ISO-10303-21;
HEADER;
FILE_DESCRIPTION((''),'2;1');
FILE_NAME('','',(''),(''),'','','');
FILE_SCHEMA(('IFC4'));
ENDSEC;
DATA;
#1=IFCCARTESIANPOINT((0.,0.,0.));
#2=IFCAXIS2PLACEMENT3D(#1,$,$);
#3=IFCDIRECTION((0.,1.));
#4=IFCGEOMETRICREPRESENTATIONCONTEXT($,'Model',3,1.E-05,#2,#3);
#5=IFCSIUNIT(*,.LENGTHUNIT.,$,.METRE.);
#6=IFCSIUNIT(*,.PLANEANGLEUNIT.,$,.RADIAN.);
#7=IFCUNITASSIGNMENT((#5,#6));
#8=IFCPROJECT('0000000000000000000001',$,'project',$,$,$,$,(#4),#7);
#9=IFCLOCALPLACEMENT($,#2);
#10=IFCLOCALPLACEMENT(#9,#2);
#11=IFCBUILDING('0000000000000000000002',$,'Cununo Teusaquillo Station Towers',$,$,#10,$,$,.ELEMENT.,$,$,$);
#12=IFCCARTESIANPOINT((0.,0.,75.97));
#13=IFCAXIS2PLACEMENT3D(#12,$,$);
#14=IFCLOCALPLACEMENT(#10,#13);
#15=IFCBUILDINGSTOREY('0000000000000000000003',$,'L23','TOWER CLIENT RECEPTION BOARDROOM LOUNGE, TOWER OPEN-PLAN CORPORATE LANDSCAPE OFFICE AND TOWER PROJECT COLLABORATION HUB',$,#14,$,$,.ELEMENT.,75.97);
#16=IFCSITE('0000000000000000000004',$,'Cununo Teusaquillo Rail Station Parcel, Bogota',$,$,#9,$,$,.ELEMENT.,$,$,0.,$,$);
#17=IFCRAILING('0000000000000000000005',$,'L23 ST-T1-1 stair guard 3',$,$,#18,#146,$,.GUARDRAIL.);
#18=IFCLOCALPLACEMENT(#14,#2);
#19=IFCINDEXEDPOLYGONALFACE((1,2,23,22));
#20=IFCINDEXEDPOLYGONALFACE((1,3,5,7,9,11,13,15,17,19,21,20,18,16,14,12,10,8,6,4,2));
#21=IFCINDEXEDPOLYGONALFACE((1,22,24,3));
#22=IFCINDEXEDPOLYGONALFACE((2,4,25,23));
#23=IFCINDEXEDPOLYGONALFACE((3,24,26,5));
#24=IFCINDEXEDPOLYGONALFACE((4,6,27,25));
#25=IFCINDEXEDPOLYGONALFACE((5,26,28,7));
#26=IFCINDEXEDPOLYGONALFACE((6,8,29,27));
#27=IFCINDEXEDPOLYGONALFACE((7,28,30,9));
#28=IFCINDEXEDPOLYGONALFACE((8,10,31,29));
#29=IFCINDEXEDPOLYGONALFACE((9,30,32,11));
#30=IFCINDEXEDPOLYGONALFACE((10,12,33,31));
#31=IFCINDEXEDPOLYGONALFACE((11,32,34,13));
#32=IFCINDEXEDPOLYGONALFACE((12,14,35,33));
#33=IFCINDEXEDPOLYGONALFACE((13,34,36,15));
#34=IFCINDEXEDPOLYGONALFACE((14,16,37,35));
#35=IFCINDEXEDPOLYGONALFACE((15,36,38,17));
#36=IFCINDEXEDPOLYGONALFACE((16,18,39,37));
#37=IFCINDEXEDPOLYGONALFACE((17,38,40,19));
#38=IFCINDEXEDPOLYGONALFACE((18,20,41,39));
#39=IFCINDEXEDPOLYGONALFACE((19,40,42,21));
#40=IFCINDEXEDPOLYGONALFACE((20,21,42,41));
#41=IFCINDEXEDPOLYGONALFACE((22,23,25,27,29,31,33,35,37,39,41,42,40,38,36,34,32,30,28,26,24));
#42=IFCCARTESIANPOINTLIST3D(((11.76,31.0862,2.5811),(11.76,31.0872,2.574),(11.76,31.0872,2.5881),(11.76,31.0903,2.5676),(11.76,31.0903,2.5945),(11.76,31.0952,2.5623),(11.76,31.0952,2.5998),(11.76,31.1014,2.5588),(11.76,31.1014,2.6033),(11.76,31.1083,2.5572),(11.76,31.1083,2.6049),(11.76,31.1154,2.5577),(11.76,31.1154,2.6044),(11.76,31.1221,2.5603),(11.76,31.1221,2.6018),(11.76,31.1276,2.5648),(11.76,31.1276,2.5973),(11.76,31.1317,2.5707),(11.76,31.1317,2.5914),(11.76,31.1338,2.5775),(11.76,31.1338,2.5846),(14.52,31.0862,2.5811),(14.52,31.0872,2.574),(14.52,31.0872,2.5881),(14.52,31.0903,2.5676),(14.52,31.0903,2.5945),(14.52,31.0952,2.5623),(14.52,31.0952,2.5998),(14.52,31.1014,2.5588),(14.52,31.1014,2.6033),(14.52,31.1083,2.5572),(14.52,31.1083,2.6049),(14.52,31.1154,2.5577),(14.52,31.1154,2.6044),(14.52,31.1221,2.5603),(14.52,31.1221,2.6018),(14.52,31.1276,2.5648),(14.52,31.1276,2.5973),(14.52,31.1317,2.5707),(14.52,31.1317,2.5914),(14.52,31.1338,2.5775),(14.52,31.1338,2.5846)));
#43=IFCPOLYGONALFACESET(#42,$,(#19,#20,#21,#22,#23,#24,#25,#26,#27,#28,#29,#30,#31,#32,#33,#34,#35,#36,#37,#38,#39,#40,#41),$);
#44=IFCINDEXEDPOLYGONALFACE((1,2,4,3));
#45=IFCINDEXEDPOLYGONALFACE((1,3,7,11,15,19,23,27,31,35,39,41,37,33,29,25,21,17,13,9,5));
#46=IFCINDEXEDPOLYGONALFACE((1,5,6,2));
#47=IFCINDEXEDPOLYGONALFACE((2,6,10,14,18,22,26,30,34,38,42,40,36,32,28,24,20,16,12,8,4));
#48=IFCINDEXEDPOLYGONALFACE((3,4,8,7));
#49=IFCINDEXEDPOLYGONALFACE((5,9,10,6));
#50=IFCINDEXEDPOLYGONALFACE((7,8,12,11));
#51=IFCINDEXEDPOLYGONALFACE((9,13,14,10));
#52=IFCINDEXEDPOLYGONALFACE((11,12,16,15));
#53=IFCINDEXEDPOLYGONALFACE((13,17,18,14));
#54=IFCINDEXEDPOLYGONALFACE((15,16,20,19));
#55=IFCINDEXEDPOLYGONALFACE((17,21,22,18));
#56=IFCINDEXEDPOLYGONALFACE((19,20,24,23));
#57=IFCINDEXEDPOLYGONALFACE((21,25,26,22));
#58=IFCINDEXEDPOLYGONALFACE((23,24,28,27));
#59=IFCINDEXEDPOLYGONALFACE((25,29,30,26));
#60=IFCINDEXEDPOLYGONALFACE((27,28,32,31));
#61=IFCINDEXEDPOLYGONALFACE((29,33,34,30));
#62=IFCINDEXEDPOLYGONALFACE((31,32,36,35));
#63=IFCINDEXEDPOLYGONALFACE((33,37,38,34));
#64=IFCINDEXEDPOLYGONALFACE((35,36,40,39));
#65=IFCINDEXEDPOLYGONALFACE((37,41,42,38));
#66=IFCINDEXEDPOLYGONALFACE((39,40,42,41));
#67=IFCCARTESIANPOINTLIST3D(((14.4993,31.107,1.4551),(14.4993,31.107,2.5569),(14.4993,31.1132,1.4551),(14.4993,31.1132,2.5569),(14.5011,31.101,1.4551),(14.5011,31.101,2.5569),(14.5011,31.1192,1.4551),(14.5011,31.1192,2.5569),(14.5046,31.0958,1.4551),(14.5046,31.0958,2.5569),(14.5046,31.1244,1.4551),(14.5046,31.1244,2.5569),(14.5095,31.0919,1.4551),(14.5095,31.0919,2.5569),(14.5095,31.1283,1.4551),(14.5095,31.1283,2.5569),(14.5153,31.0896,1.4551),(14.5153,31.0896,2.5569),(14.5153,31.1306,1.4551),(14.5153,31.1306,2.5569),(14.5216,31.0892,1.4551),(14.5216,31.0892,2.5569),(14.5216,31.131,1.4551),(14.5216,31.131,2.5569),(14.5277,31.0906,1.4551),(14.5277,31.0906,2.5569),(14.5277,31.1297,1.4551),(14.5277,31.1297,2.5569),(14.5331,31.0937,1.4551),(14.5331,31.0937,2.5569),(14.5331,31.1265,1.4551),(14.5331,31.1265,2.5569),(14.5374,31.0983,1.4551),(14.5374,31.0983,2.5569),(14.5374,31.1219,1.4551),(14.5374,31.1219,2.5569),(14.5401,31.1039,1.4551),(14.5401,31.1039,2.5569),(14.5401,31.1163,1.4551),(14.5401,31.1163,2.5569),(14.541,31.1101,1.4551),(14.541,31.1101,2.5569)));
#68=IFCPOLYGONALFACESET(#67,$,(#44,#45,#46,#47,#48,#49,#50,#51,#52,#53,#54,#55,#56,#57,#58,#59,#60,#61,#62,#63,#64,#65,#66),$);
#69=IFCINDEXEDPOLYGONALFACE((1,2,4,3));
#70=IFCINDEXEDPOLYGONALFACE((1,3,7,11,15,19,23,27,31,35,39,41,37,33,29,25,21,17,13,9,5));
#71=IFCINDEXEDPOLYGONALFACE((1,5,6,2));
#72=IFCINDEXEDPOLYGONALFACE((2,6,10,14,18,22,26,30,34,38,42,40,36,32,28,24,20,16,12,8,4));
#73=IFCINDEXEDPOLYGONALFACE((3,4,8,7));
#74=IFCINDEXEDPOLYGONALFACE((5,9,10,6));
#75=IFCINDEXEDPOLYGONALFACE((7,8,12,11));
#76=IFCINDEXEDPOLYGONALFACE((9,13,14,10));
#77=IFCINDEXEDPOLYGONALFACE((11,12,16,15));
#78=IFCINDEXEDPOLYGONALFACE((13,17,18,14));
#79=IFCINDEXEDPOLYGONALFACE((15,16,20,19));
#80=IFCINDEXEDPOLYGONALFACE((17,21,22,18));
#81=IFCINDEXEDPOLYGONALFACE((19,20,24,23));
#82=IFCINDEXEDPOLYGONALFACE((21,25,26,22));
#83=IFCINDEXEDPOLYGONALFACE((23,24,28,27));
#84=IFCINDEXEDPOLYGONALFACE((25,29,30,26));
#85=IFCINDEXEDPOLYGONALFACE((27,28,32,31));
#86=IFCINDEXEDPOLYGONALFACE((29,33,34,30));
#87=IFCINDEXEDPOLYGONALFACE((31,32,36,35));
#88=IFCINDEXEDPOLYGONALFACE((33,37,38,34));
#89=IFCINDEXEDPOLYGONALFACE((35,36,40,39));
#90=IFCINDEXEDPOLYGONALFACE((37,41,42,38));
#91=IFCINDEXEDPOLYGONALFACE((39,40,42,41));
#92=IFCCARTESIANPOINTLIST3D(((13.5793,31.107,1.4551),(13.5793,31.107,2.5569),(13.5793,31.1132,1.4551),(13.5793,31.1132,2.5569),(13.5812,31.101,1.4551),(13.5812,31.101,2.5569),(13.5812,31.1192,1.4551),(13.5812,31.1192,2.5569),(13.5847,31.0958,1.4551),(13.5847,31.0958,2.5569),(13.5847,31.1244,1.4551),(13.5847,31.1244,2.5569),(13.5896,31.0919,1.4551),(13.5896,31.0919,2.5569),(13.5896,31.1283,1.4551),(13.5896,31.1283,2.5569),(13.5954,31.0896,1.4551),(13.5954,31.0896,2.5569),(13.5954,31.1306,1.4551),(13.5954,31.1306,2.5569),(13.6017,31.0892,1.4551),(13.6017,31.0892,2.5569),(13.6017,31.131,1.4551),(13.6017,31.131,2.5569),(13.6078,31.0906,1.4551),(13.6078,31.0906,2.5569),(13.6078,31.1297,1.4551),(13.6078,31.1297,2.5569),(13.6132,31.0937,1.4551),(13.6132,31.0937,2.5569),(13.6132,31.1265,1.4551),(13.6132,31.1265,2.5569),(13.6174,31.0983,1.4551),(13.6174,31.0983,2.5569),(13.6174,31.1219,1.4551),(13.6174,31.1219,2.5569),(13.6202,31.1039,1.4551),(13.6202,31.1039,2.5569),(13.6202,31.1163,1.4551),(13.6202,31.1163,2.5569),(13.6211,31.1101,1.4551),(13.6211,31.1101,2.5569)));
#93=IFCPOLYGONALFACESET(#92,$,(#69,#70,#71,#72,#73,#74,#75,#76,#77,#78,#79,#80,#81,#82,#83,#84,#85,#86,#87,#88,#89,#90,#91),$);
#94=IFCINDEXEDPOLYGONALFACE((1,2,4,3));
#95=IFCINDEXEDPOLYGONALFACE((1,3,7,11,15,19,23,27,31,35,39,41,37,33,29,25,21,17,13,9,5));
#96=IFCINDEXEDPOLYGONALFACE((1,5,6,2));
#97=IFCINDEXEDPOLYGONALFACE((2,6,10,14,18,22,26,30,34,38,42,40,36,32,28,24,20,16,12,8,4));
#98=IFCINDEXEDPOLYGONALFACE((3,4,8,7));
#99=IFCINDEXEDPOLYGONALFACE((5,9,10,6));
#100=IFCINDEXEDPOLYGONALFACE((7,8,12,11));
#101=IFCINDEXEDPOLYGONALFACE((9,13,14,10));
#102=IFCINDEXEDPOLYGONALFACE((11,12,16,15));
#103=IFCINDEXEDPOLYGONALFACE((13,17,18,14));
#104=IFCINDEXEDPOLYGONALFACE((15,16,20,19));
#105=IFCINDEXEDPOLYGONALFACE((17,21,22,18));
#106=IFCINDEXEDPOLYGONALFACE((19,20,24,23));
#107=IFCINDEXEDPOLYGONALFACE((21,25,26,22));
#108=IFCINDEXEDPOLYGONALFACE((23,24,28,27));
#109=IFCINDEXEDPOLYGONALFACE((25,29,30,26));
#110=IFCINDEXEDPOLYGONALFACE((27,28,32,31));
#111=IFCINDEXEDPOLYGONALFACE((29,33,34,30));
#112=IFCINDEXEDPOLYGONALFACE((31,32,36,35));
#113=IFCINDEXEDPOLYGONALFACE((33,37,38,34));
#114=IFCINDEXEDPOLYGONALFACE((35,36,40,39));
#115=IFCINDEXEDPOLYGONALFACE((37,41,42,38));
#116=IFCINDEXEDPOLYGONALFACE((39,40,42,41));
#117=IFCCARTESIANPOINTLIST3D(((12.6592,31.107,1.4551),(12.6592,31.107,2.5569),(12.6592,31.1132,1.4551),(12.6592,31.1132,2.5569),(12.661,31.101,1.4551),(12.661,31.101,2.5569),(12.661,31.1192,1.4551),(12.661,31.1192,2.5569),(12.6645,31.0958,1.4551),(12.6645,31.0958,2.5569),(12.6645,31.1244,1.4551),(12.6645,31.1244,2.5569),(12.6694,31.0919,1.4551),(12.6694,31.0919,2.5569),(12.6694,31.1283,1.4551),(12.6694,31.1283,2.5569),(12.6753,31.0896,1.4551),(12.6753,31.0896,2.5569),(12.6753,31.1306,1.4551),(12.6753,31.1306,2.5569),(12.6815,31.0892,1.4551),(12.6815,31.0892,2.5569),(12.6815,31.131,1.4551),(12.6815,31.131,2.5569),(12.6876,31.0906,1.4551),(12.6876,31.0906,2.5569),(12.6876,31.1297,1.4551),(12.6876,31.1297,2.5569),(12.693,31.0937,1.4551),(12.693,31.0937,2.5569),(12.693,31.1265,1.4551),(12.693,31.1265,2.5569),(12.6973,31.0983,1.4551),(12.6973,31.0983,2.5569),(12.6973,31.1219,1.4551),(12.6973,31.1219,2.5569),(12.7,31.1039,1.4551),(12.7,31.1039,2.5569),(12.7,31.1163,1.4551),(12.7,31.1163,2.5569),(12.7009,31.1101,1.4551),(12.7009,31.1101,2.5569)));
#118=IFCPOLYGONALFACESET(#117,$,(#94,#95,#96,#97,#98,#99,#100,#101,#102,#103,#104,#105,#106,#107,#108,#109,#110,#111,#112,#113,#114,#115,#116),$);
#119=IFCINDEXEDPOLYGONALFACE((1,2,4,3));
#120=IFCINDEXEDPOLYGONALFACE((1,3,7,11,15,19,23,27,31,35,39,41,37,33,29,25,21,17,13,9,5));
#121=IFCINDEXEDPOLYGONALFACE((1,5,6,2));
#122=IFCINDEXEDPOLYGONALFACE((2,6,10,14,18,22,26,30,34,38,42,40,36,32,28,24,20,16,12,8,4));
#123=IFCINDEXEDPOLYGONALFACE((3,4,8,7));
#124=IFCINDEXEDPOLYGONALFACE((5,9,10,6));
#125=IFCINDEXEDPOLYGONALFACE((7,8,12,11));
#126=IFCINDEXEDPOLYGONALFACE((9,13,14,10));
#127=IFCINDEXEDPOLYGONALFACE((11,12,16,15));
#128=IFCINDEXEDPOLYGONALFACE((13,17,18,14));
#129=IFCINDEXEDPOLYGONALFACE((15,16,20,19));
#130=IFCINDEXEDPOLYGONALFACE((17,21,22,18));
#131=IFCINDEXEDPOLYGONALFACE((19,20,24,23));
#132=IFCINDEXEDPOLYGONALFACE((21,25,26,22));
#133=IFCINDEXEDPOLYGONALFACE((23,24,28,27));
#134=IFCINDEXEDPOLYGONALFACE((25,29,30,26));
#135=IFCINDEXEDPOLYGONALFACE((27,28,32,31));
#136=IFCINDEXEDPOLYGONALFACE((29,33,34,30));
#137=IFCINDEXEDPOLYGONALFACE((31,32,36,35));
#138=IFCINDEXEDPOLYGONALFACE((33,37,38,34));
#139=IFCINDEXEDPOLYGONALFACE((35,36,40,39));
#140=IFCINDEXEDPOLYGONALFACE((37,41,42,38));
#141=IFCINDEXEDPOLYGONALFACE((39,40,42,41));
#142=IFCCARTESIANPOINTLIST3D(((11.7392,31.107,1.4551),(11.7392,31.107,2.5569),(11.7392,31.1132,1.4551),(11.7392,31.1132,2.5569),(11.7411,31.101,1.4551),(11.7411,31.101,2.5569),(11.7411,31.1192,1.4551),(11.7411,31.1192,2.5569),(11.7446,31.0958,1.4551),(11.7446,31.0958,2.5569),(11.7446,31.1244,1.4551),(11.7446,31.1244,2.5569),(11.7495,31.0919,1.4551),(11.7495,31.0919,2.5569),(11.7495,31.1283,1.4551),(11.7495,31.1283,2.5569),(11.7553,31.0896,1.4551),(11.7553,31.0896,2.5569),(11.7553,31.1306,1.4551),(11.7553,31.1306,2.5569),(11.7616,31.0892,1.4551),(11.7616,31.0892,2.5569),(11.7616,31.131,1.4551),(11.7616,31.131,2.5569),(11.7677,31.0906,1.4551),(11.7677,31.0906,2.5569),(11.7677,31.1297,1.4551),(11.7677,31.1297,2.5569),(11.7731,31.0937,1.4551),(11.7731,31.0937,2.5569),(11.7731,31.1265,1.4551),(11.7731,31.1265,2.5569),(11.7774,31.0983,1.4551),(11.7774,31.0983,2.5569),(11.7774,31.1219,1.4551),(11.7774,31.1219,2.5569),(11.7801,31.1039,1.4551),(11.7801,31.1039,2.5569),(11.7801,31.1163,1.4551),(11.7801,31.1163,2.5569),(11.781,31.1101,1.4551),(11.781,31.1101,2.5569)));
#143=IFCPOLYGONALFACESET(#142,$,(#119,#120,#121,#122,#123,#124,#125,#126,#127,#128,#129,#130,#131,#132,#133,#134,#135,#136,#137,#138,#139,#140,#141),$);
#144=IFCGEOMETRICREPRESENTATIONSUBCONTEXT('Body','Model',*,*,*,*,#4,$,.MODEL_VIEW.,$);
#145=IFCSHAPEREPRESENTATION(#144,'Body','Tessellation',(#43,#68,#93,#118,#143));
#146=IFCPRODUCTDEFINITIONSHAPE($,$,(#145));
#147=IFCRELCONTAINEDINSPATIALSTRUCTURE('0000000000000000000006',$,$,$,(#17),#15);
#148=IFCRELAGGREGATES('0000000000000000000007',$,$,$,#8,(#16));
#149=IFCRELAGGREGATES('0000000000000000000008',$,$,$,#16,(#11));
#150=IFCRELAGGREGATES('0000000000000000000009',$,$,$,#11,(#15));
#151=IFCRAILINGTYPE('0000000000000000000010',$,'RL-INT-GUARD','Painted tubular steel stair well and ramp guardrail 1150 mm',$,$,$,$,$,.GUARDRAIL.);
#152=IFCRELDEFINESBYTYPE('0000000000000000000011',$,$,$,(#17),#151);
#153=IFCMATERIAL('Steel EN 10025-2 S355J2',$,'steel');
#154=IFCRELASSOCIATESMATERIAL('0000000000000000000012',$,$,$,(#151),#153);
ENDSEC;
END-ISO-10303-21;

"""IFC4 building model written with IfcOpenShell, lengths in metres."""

from ifc_helpers import new_model, si_unit, direction, frame, origin, origin_2d, place, context, subcontext, project, spatial, circle, extrude, material, type_object, element, save


model = new_model("IFC4")

# Units and contexts
model_context = context("Model", 3, precision=1e-05, world=origin(), true_north=direction((0.0, 1.0)))
body_context = subcontext(model_context, "Body", "Model", "MODEL_VIEW")
ifc_project = project(units=[si_unit("LENGTHUNIT", "METRE"), si_unit("PLANEANGLEUNIT", "RADIAN")], contexts=[model_context])

# Site, building, storey
site_placement = place(None, origin())
site = spatial("IfcSite", under=ifc_project, at=site_placement, Name="Cununo Teusaquillo Rail Station Parcel, Bogota", CompositionType="ELEMENT", RefElevation=0.0)
building_placement = place(site_placement, origin())
building = spatial("IfcBuilding", under=site, at=building_placement, Name="Cununo Teusaquillo Station Towers", CompositionType="ELEMENT")
storey_placement = place(building_placement, frame((0.0, 0.0, 75.97)))
storey = spatial("IfcBuildingStorey", under=building, at=storey_placement, Name="L23", Description="TOWER CLIENT RECEPTION BOARDROOM LOUNGE, TOWER OPEN-PLAN CORPORATE LANDSCAPE OFFICE AND TOWER PROJECT COLLABORATION HUB", CompositionType="ELEMENT", Elevation=75.97)

# Railing
ifc_material_1 = material(Name="Steel EN 10025-2 S355J2", Category="steel")
railing_type_1 = type_object("IfcRailingType", Name="RL-INT-GUARD", Description="Painted tubular steel stair well and ramp guardrail 1150 mm", PredefinedType="GUARDRAIL", material=ifc_material_1)
railing_1_placement = place(storey_placement, frame((14.52, 31.1101, 1.4551)))
element("IfcRailing", 1, at=railing_1_placement, inside=storey, type_object=railing_type_1, Name="L23 ST-T1-1 stair guard 3", PredefinedType="GUARDRAIL", context=body_context, shape_type="SweptSolid", body=[
    extrude(circle(Radius=0.0239, at=origin_2d()), frame((0.0, 0.0, 1.126), z_axis=(-1.0, 0.0, 0.0), x_axis=(0.0, -1.0, 0.0)), (0.0, 0.0, 1.0), 2.76),
    extrude(circle(Radius=0.021, at=origin_2d()), origin(), (0.0, 0.0, 1.0), 1.1018),
    extrude(circle(Radius=0.021, at=origin_2d()), frame((-0.9199, 0.0, 0.0)), (0.0, 0.0, 1.0), 1.1018),
    extrude(circle(Radius=0.021, at=origin_2d()), frame((-1.8401, 0.0, 0.0)), (0.0, 0.0, 1.0), 1.1018),
    extrude(circle(Radius=0.021, at=origin_2d()), frame((-2.76, 0.0, 0.0)), (0.0, 0.0, 1.0), 1.1018),
])

save(model, "model.ifc")
